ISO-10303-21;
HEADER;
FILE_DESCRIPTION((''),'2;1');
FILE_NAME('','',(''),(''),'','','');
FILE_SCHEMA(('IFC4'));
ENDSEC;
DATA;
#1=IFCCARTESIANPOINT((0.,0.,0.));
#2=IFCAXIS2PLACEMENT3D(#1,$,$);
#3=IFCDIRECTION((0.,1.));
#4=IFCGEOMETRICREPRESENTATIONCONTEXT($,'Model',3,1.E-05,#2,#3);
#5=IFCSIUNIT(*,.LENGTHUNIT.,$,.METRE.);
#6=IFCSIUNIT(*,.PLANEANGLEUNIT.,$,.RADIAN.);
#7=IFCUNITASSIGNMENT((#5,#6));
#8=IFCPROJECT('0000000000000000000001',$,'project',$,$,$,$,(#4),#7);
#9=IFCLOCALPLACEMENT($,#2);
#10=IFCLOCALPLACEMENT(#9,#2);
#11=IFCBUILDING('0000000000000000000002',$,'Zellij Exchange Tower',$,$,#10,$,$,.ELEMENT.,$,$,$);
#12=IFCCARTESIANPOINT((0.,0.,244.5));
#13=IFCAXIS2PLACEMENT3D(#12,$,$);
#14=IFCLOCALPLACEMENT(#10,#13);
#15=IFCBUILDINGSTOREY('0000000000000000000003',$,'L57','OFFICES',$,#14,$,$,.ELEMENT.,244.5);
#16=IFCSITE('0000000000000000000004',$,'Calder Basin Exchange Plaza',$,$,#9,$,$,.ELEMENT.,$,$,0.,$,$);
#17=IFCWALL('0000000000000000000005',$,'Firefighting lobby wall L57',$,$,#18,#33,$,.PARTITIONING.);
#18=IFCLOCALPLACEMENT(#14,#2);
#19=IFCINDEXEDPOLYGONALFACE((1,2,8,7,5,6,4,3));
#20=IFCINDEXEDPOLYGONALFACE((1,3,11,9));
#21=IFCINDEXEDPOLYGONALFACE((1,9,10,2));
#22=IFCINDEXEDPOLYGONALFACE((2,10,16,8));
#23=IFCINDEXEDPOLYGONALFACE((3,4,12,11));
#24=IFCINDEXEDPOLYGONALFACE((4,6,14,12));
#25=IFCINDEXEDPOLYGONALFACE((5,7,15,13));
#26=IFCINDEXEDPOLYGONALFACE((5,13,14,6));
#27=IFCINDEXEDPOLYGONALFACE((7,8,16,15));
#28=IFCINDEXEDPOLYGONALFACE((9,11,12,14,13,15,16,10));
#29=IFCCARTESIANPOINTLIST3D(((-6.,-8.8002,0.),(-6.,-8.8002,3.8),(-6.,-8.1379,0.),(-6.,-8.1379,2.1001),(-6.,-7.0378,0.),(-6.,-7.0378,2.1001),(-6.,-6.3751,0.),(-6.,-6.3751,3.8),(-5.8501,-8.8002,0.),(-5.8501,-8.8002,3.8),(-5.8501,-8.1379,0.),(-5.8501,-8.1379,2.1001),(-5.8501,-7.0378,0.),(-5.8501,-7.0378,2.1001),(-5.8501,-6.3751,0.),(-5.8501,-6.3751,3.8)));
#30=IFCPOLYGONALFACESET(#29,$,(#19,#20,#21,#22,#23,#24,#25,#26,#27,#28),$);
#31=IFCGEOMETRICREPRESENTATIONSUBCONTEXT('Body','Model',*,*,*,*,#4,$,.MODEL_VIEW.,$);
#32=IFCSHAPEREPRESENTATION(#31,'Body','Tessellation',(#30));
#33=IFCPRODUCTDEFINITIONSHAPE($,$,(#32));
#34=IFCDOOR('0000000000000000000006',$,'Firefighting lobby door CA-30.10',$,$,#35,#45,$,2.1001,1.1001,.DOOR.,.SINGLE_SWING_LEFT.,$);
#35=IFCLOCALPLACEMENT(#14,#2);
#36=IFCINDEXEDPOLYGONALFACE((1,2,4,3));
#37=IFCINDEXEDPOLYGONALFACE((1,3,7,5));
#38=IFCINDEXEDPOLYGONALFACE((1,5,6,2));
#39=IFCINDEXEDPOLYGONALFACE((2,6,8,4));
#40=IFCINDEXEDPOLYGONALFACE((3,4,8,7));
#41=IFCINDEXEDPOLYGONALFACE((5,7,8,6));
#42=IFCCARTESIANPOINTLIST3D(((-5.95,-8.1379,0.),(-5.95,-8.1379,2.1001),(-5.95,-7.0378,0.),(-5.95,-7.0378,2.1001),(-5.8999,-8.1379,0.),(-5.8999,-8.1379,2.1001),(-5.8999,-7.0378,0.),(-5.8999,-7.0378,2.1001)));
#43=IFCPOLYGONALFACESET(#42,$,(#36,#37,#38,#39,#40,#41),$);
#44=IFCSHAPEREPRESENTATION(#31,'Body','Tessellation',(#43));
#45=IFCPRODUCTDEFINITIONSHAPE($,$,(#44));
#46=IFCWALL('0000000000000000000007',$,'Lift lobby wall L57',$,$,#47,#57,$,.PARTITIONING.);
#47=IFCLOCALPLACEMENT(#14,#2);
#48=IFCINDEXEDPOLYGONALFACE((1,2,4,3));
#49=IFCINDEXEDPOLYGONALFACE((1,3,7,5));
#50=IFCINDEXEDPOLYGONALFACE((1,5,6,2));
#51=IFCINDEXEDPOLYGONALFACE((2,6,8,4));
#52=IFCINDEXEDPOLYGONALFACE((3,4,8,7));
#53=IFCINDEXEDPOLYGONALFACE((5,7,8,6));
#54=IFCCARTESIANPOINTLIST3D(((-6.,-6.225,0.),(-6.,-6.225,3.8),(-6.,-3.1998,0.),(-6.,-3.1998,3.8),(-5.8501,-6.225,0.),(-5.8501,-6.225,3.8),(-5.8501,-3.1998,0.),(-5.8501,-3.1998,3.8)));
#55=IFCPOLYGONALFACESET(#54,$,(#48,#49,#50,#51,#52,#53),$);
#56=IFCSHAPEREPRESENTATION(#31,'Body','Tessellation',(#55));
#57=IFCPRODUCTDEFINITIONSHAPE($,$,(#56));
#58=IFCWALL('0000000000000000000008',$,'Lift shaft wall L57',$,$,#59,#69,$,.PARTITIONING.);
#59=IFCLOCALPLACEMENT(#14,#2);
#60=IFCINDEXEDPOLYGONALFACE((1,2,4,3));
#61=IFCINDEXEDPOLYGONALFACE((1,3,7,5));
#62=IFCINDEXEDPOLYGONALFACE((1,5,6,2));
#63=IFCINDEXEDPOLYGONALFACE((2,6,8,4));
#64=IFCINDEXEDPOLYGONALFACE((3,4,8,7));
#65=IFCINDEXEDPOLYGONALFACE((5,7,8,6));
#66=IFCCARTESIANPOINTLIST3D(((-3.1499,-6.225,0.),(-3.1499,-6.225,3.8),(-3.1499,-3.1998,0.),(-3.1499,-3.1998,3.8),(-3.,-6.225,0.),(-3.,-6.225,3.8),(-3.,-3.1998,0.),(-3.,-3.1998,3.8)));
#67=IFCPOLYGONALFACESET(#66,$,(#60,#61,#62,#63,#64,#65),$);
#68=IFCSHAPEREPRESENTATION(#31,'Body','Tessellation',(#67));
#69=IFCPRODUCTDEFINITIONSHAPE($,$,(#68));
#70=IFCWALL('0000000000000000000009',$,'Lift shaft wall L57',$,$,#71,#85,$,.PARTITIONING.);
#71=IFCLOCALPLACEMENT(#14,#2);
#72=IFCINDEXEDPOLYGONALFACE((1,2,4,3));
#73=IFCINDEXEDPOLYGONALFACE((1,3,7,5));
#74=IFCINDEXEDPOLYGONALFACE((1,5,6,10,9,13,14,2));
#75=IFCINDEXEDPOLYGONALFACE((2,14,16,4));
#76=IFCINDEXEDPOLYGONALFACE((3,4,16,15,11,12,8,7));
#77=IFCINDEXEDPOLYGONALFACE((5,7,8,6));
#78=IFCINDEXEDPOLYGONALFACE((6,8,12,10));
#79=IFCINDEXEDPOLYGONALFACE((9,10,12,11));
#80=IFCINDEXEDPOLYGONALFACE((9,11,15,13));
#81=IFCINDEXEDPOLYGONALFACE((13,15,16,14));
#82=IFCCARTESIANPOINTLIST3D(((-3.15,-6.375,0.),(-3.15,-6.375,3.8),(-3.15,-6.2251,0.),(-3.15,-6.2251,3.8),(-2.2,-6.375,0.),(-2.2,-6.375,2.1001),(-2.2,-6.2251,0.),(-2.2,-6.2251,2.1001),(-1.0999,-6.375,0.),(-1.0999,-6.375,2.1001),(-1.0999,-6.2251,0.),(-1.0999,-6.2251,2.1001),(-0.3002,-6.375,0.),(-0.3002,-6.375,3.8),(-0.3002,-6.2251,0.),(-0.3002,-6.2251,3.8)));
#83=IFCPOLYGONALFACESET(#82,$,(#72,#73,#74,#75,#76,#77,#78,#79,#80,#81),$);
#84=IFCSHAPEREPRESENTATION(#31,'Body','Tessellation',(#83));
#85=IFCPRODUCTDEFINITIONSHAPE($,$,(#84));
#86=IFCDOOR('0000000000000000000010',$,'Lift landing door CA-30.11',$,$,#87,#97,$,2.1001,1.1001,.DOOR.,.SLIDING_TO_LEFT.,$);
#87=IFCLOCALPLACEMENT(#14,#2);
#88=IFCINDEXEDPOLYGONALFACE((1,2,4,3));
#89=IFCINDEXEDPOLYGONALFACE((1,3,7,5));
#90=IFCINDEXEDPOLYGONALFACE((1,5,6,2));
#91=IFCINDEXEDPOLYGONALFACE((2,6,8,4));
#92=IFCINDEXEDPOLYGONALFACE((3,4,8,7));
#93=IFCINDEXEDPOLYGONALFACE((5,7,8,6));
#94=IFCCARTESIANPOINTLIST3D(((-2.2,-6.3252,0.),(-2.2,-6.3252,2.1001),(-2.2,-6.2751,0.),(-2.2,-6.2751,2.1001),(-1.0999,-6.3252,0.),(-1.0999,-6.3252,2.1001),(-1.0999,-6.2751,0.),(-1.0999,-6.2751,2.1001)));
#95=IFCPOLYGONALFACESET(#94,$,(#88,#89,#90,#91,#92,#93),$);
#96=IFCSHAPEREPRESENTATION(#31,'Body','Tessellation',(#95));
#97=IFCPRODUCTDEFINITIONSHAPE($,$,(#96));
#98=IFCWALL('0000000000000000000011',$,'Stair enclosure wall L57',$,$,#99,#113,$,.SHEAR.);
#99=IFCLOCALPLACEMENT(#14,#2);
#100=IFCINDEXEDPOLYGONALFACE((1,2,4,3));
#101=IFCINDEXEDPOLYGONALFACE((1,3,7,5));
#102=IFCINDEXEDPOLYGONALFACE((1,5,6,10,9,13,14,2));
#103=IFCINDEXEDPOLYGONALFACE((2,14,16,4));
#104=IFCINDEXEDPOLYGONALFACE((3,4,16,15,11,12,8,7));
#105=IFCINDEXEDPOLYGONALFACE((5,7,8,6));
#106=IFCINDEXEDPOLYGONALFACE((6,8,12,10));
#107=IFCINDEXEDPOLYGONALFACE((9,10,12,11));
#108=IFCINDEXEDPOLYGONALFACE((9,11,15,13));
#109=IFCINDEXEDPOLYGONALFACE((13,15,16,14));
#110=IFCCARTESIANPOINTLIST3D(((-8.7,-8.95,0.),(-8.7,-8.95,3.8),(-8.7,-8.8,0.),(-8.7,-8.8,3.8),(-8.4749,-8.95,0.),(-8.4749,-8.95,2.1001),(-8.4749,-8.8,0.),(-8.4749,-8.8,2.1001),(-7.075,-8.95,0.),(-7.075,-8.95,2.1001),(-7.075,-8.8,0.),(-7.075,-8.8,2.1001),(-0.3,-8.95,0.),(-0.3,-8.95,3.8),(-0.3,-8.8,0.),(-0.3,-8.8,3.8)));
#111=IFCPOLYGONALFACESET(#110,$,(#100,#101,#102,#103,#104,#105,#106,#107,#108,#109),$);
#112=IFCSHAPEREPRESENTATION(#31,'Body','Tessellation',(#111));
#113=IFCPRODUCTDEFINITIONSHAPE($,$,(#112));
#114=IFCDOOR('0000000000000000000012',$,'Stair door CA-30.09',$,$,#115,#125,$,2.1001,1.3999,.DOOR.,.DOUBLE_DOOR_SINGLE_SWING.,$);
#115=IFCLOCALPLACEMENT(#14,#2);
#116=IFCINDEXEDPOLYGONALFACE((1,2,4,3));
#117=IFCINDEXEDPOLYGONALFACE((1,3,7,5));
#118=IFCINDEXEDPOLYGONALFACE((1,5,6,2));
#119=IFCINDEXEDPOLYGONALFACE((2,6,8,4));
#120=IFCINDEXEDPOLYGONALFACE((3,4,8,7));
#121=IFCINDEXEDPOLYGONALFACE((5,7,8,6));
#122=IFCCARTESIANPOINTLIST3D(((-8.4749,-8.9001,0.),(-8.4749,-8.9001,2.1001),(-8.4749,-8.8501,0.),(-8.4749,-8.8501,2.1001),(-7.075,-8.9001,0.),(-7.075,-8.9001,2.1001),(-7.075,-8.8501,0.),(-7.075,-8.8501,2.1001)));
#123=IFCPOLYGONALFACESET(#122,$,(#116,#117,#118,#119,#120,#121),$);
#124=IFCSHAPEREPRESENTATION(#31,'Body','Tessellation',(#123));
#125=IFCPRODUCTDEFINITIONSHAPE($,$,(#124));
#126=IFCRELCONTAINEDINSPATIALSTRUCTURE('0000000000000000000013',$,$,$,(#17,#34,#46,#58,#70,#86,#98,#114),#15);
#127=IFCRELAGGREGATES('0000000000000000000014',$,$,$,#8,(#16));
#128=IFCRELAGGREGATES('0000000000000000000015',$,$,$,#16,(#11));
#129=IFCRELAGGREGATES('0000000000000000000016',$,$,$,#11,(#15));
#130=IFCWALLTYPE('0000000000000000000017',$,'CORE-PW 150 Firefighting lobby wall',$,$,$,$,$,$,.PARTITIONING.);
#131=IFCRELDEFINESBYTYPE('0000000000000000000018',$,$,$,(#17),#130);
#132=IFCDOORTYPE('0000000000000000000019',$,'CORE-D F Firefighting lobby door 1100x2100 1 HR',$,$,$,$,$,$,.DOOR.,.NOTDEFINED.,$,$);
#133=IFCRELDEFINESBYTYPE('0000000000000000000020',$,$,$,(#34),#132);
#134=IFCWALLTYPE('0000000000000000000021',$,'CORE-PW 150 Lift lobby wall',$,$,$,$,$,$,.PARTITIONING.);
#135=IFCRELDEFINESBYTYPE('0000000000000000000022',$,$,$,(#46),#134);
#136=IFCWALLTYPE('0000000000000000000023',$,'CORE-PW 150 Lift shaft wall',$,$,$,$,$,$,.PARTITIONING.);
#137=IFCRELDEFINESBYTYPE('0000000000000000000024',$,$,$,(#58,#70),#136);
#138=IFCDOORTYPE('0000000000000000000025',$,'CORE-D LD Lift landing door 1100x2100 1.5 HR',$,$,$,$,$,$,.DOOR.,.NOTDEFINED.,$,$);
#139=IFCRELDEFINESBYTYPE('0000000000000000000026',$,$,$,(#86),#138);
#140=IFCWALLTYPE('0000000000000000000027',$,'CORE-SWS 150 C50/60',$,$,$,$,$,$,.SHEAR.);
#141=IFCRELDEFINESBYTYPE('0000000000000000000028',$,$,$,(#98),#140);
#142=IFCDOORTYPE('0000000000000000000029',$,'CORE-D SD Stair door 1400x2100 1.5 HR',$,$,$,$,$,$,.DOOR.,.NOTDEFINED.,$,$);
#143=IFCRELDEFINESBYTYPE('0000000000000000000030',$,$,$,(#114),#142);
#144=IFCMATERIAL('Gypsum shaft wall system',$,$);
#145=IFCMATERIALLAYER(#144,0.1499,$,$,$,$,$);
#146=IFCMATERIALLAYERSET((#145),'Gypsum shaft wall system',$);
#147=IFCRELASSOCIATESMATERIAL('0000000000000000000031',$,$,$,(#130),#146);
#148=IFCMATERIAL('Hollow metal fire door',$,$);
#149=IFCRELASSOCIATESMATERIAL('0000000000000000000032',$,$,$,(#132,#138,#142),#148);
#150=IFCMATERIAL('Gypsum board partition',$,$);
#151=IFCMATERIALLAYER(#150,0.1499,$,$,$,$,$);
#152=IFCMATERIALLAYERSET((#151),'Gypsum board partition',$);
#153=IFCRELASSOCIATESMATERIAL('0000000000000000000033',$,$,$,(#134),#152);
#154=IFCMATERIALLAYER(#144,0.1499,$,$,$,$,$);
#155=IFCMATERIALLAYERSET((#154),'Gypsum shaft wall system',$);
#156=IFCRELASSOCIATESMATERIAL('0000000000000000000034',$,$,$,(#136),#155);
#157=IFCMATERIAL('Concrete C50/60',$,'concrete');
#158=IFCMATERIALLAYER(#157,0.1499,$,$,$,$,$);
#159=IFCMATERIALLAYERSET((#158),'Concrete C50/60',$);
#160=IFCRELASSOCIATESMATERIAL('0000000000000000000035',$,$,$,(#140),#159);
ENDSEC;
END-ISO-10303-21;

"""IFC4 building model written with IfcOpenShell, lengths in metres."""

from ifc_helpers import new_model, si_unit, direction, frame, frame_2d, origin, place, context, subcontext, project, spatial, rectangle, extrude, material, layer, layer_set, type_object, element, fill, save


model = new_model("IFC4")

# Units and contexts
model_context = context("Model", 3, precision=1e-05, world=origin(), true_north=direction((0.0, 1.0)))
body_context = subcontext(model_context, "Body", "Model", "MODEL_VIEW")
ifc_project = project(units=[si_unit("LENGTHUNIT", "METRE"), si_unit("PLANEANGLEUNIT", "RADIAN")], contexts=[model_context])

# Site, building, storey
site_placement = place(None, origin())
site = spatial("IfcSite", under=ifc_project, at=site_placement, Name="Calder Basin Exchange Plaza", CompositionType="ELEMENT", RefElevation=0.0)
building_placement = place(site_placement, origin())
building = spatial("IfcBuilding", under=site, at=building_placement, Name="Zellij Exchange Tower", CompositionType="ELEMENT")
storey_placement = place(building_placement, frame((0.0, 0.0, 244.5)))
storey = spatial("IfcBuildingStorey", under=building, at=storey_placement, Name="L57", Description="OFFICES", CompositionType="ELEMENT", Elevation=244.5)

# Shared definitions
ifc_material_1 = material(Name="Concrete C50/60", Category="concrete")

# Wall, opening, door
ifc_material_2 = material(Name="Gypsum shaft wall system")
ifc_layer_1 = layer(ifc_material_2, 0.1499)
ifc_layer_set_1 = layer_set([ifc_layer_1], Name="Gypsum shaft wall system")
wall_type_1 = type_object("IfcWallType", Name="CORE-PW 150 Firefighting lobby wall", PredefinedType="PARTITIONING", material=ifc_layer_set_1)
wall_1_placement = place(storey_placement, frame((-5.925, -8.8, 0.0), z_axis=(0.0, 0.0, 1.0), x_axis=(0.0, 1.0, 0.0)))
wall_1 = element("IfcWall", 1, at=wall_1_placement, inside=storey, type_object=wall_type_1, Name="Firefighting lobby wall L57", PredefinedType="PARTITIONING", context=body_context, shape_type="SweptSolid", body=[
    extrude(rectangle(XDim=2.425, YDim=0.1499, at=frame_2d((1.2124, 0.0))), origin(), (0.0, 0.0, 1.0), 3.8),
])
opening_1_placement = place(wall_1_placement, frame((0.6621, 0.0, 0.0)))
opening_1 = element("IfcOpeningElement", 2, at=opening_1_placement, cuts=wall_1, PredefinedType="OPENING", context=body_context, shape_type="SweptSolid", body=[
    extrude(rectangle(XDim=1.1001, YDim=2.1001, at=frame_2d((0.55, 1.05))), frame((0.0, 0.0869, 0.0), z_axis=(0.0, -1.0, 0.0), x_axis=(1.0, 0.0, 0.0)), (0.0, 0.0, 1.0), 0.1738),
])
ifc_material_3 = material(Name="Hollow metal fire door")
door_type_1 = type_object("IfcDoorType", Name="CORE-D F Firefighting lobby door 1100x2100 1 HR", OperationType="NOTDEFINED", PredefinedType="DOOR", material=ifc_material_3)
door_1_placement = place(opening_1_placement, origin())
door_1 = element("IfcDoor", 3, at=door_1_placement, inside=storey, type_object=door_type_1, Name="Firefighting lobby door CA-30.10", OperationType="SINGLE_SWING_LEFT", OverallHeight=2.1001, OverallWidth=1.1001, PredefinedType="DOOR", context=body_context, shape_type="SweptSolid", body=[
    extrude(rectangle(XDim=1.1001, YDim=2.1001, at=frame_2d((0.55, 1.05))), frame((0.0, 0.0249, 0.0), z_axis=(0.0, -1.0, 0.0), x_axis=(1.0, 0.0, 0.0)), (0.0, 0.0, 1.0), 0.05),
])
fill(opening_1, door_1)

# Walls
ifc_material_4 = material(Name="Gypsum board partition")
ifc_layer_2 = layer(ifc_material_4, 0.1499)
ifc_layer_set_2 = layer_set([ifc_layer_2], Name="Gypsum board partition")
wall_type_2 = type_object("IfcWallType", Name="CORE-PW 150 Lift lobby wall", PredefinedType="PARTITIONING", material=ifc_layer_set_2)
wall_2_placement = place(storey_placement, frame((-5.925, -6.2251, 0.0), z_axis=(0.0, 0.0, 1.0), x_axis=(0.0, 1.0, 0.0)))
element("IfcWall", 4, at=wall_2_placement, inside=storey, type_object=wall_type_2, Name="Lift lobby wall L57", PredefinedType="PARTITIONING", context=body_context, shape_type="SweptSolid", body=[
    extrude(rectangle(XDim=3.0251, YDim=0.1499, at=frame_2d((1.5127, 0.0))), origin(), (0.0, 0.0, 1.0), 3.8),
])
ifc_layer_3 = layer(ifc_material_2, 0.1499)
ifc_layer_set_3 = layer_set([ifc_layer_3], Name="Gypsum shaft wall system")
wall_type_3 = type_object("IfcWallType", Name="CORE-PW 150 Lift shaft wall", PredefinedType="PARTITIONING", material=ifc_layer_set_3)
wall_3_placement = place(storey_placement, frame((-3.075, -6.2251, 0.0), z_axis=(0.0, 0.0, 1.0), x_axis=(0.0, 1.0, 0.0)))
element("IfcWall", 5, at=wall_3_placement, inside=storey, type_object=wall_type_3, Name="Lift shaft wall L57", PredefinedType="PARTITIONING", context=body_context, shape_type="SweptSolid", body=[
    extrude(rectangle(XDim=3.0251, YDim=0.1499, at=frame_2d((1.5127, 0.0))), origin(), (0.0, 0.0, 1.0), 3.8),
])

# Walls, openings, doors
wall_4_placement = place(storey_placement, frame((-3.1499, -6.3, 0.0), z_axis=(0.0, 0.0, 1.0), x_axis=(1.0, 0.0, 0.0)))
wall_4 = element("IfcWall", 6, at=wall_4_placement, inside=storey, type_object=wall_type_3, Name="Lift shaft wall L57", PredefinedType="PARTITIONING", context=body_context, shape_type="SweptSolid", body=[
    extrude(rectangle(XDim=2.8499, YDim=0.1499, at=frame_2d((1.4248, 0.0))), origin(), (0.0, 0.0, 1.0), 3.8),
])
opening_2_placement = place(wall_4_placement, frame((0.95, 0.0, 0.0)))
opening_2 = element("IfcOpeningElement", 7, at=opening_2_placement, cuts=wall_4, PredefinedType="OPENING", context=body_context, shape_type="SweptSolid", body=[
    extrude(rectangle(XDim=1.1001, YDim=2.1001, at=frame_2d((0.55, 1.05))), frame((0.0, 0.0869, 0.0), z_axis=(0.0, -1.0, 0.0), x_axis=(1.0, 0.0, 0.0)), (0.0, 0.0, 1.0), 0.1738),
])
door_type_2 = type_object("IfcDoorType", Name="CORE-D LD Lift landing door 1100x2100 1.5 HR", OperationType="NOTDEFINED", PredefinedType="DOOR", material=ifc_material_3)
door_2_placement = place(opening_2_placement, origin())
door_2 = element("IfcDoor", 8, at=door_2_placement, inside=storey, type_object=door_type_2, Name="Lift landing door CA-30.11", OperationType="SLIDING_TO_LEFT", OverallHeight=2.1001, OverallWidth=1.1001, PredefinedType="DOOR", context=body_context, shape_type="SweptSolid", body=[
    extrude(rectangle(XDim=1.1001, YDim=2.1001, at=frame_2d((0.55, 1.05))), frame((0.0, 0.0249, 0.0), z_axis=(0.0, -1.0, 0.0), x_axis=(1.0, 0.0, 0.0)), (0.0, 0.0, 1.0), 0.05),
])
fill(opening_2, door_2)
ifc_layer_4 = layer(ifc_material_1, 0.1499)
ifc_layer_set_4 = layer_set([ifc_layer_4], Name="Concrete C50/60")
wall_type_4 = type_object("IfcWallType", Name="CORE-SWS 150 C50/60", PredefinedType="SHEAR", material=ifc_layer_set_4)
wall_5_placement = place(storey_placement, frame((-8.7, -8.875, 0.0), z_axis=(0.0, 0.0, 1.0), x_axis=(1.0, 0.0, 0.0)))
wall_5 = element("IfcWall", 9, at=wall_5_placement, inside=storey, type_object=wall_type_4, Name="Stair enclosure wall L57", PredefinedType="SHEAR", context=body_context, shape_type="SweptSolid", body=[
    extrude(rectangle(XDim=8.3999, YDim=0.1499, at=frame_2d((4.2, 0.0))), origin(), (0.0, 0.0, 1.0), 3.8),
])
opening_3_placement = place(wall_5_placement, frame((0.2251, 0.0, 0.0)))
opening_3 = element("IfcOpeningElement", 10, at=opening_3_placement, cuts=wall_5, PredefinedType="OPENING", context=body_context, shape_type="SweptSolid", body=[
    extrude(rectangle(XDim=1.3999, YDim=2.1001, at=frame_2d((0.7, 1.05))), frame((0.0, 0.0869, 0.0), z_axis=(0.0, -1.0, 0.0), x_axis=(1.0, 0.0, 0.0)), (0.0, 0.0, 1.0), 0.1738),
])
door_type_3 = type_object("IfcDoorType", Name="CORE-D SD Stair door 1400x2100 1.5 HR", OperationType="NOTDEFINED", PredefinedType="DOOR", material=ifc_material_3)
door_3_placement = place(opening_3_placement, origin())
door_3 = element("IfcDoor", 11, at=door_3_placement, inside=storey, type_object=door_type_3, Name="Stair door CA-30.09", OperationType="DOUBLE_DOOR_SINGLE_SWING", OverallHeight=2.1001, OverallWidth=1.3999, PredefinedType="DOOR", context=body_context, shape_type="SweptSolid", body=[
    extrude(rectangle(XDim=1.3999, YDim=2.1001, at=frame_2d((0.7, 1.05))), frame((0.0, 0.0249, 0.0), z_axis=(0.0, -1.0, 0.0), x_axis=(1.0, 0.0, 0.0)), (0.0, 0.0, 1.0), 0.05),
])
fill(opening_3, door_3)

save(model, "model.ifc")
